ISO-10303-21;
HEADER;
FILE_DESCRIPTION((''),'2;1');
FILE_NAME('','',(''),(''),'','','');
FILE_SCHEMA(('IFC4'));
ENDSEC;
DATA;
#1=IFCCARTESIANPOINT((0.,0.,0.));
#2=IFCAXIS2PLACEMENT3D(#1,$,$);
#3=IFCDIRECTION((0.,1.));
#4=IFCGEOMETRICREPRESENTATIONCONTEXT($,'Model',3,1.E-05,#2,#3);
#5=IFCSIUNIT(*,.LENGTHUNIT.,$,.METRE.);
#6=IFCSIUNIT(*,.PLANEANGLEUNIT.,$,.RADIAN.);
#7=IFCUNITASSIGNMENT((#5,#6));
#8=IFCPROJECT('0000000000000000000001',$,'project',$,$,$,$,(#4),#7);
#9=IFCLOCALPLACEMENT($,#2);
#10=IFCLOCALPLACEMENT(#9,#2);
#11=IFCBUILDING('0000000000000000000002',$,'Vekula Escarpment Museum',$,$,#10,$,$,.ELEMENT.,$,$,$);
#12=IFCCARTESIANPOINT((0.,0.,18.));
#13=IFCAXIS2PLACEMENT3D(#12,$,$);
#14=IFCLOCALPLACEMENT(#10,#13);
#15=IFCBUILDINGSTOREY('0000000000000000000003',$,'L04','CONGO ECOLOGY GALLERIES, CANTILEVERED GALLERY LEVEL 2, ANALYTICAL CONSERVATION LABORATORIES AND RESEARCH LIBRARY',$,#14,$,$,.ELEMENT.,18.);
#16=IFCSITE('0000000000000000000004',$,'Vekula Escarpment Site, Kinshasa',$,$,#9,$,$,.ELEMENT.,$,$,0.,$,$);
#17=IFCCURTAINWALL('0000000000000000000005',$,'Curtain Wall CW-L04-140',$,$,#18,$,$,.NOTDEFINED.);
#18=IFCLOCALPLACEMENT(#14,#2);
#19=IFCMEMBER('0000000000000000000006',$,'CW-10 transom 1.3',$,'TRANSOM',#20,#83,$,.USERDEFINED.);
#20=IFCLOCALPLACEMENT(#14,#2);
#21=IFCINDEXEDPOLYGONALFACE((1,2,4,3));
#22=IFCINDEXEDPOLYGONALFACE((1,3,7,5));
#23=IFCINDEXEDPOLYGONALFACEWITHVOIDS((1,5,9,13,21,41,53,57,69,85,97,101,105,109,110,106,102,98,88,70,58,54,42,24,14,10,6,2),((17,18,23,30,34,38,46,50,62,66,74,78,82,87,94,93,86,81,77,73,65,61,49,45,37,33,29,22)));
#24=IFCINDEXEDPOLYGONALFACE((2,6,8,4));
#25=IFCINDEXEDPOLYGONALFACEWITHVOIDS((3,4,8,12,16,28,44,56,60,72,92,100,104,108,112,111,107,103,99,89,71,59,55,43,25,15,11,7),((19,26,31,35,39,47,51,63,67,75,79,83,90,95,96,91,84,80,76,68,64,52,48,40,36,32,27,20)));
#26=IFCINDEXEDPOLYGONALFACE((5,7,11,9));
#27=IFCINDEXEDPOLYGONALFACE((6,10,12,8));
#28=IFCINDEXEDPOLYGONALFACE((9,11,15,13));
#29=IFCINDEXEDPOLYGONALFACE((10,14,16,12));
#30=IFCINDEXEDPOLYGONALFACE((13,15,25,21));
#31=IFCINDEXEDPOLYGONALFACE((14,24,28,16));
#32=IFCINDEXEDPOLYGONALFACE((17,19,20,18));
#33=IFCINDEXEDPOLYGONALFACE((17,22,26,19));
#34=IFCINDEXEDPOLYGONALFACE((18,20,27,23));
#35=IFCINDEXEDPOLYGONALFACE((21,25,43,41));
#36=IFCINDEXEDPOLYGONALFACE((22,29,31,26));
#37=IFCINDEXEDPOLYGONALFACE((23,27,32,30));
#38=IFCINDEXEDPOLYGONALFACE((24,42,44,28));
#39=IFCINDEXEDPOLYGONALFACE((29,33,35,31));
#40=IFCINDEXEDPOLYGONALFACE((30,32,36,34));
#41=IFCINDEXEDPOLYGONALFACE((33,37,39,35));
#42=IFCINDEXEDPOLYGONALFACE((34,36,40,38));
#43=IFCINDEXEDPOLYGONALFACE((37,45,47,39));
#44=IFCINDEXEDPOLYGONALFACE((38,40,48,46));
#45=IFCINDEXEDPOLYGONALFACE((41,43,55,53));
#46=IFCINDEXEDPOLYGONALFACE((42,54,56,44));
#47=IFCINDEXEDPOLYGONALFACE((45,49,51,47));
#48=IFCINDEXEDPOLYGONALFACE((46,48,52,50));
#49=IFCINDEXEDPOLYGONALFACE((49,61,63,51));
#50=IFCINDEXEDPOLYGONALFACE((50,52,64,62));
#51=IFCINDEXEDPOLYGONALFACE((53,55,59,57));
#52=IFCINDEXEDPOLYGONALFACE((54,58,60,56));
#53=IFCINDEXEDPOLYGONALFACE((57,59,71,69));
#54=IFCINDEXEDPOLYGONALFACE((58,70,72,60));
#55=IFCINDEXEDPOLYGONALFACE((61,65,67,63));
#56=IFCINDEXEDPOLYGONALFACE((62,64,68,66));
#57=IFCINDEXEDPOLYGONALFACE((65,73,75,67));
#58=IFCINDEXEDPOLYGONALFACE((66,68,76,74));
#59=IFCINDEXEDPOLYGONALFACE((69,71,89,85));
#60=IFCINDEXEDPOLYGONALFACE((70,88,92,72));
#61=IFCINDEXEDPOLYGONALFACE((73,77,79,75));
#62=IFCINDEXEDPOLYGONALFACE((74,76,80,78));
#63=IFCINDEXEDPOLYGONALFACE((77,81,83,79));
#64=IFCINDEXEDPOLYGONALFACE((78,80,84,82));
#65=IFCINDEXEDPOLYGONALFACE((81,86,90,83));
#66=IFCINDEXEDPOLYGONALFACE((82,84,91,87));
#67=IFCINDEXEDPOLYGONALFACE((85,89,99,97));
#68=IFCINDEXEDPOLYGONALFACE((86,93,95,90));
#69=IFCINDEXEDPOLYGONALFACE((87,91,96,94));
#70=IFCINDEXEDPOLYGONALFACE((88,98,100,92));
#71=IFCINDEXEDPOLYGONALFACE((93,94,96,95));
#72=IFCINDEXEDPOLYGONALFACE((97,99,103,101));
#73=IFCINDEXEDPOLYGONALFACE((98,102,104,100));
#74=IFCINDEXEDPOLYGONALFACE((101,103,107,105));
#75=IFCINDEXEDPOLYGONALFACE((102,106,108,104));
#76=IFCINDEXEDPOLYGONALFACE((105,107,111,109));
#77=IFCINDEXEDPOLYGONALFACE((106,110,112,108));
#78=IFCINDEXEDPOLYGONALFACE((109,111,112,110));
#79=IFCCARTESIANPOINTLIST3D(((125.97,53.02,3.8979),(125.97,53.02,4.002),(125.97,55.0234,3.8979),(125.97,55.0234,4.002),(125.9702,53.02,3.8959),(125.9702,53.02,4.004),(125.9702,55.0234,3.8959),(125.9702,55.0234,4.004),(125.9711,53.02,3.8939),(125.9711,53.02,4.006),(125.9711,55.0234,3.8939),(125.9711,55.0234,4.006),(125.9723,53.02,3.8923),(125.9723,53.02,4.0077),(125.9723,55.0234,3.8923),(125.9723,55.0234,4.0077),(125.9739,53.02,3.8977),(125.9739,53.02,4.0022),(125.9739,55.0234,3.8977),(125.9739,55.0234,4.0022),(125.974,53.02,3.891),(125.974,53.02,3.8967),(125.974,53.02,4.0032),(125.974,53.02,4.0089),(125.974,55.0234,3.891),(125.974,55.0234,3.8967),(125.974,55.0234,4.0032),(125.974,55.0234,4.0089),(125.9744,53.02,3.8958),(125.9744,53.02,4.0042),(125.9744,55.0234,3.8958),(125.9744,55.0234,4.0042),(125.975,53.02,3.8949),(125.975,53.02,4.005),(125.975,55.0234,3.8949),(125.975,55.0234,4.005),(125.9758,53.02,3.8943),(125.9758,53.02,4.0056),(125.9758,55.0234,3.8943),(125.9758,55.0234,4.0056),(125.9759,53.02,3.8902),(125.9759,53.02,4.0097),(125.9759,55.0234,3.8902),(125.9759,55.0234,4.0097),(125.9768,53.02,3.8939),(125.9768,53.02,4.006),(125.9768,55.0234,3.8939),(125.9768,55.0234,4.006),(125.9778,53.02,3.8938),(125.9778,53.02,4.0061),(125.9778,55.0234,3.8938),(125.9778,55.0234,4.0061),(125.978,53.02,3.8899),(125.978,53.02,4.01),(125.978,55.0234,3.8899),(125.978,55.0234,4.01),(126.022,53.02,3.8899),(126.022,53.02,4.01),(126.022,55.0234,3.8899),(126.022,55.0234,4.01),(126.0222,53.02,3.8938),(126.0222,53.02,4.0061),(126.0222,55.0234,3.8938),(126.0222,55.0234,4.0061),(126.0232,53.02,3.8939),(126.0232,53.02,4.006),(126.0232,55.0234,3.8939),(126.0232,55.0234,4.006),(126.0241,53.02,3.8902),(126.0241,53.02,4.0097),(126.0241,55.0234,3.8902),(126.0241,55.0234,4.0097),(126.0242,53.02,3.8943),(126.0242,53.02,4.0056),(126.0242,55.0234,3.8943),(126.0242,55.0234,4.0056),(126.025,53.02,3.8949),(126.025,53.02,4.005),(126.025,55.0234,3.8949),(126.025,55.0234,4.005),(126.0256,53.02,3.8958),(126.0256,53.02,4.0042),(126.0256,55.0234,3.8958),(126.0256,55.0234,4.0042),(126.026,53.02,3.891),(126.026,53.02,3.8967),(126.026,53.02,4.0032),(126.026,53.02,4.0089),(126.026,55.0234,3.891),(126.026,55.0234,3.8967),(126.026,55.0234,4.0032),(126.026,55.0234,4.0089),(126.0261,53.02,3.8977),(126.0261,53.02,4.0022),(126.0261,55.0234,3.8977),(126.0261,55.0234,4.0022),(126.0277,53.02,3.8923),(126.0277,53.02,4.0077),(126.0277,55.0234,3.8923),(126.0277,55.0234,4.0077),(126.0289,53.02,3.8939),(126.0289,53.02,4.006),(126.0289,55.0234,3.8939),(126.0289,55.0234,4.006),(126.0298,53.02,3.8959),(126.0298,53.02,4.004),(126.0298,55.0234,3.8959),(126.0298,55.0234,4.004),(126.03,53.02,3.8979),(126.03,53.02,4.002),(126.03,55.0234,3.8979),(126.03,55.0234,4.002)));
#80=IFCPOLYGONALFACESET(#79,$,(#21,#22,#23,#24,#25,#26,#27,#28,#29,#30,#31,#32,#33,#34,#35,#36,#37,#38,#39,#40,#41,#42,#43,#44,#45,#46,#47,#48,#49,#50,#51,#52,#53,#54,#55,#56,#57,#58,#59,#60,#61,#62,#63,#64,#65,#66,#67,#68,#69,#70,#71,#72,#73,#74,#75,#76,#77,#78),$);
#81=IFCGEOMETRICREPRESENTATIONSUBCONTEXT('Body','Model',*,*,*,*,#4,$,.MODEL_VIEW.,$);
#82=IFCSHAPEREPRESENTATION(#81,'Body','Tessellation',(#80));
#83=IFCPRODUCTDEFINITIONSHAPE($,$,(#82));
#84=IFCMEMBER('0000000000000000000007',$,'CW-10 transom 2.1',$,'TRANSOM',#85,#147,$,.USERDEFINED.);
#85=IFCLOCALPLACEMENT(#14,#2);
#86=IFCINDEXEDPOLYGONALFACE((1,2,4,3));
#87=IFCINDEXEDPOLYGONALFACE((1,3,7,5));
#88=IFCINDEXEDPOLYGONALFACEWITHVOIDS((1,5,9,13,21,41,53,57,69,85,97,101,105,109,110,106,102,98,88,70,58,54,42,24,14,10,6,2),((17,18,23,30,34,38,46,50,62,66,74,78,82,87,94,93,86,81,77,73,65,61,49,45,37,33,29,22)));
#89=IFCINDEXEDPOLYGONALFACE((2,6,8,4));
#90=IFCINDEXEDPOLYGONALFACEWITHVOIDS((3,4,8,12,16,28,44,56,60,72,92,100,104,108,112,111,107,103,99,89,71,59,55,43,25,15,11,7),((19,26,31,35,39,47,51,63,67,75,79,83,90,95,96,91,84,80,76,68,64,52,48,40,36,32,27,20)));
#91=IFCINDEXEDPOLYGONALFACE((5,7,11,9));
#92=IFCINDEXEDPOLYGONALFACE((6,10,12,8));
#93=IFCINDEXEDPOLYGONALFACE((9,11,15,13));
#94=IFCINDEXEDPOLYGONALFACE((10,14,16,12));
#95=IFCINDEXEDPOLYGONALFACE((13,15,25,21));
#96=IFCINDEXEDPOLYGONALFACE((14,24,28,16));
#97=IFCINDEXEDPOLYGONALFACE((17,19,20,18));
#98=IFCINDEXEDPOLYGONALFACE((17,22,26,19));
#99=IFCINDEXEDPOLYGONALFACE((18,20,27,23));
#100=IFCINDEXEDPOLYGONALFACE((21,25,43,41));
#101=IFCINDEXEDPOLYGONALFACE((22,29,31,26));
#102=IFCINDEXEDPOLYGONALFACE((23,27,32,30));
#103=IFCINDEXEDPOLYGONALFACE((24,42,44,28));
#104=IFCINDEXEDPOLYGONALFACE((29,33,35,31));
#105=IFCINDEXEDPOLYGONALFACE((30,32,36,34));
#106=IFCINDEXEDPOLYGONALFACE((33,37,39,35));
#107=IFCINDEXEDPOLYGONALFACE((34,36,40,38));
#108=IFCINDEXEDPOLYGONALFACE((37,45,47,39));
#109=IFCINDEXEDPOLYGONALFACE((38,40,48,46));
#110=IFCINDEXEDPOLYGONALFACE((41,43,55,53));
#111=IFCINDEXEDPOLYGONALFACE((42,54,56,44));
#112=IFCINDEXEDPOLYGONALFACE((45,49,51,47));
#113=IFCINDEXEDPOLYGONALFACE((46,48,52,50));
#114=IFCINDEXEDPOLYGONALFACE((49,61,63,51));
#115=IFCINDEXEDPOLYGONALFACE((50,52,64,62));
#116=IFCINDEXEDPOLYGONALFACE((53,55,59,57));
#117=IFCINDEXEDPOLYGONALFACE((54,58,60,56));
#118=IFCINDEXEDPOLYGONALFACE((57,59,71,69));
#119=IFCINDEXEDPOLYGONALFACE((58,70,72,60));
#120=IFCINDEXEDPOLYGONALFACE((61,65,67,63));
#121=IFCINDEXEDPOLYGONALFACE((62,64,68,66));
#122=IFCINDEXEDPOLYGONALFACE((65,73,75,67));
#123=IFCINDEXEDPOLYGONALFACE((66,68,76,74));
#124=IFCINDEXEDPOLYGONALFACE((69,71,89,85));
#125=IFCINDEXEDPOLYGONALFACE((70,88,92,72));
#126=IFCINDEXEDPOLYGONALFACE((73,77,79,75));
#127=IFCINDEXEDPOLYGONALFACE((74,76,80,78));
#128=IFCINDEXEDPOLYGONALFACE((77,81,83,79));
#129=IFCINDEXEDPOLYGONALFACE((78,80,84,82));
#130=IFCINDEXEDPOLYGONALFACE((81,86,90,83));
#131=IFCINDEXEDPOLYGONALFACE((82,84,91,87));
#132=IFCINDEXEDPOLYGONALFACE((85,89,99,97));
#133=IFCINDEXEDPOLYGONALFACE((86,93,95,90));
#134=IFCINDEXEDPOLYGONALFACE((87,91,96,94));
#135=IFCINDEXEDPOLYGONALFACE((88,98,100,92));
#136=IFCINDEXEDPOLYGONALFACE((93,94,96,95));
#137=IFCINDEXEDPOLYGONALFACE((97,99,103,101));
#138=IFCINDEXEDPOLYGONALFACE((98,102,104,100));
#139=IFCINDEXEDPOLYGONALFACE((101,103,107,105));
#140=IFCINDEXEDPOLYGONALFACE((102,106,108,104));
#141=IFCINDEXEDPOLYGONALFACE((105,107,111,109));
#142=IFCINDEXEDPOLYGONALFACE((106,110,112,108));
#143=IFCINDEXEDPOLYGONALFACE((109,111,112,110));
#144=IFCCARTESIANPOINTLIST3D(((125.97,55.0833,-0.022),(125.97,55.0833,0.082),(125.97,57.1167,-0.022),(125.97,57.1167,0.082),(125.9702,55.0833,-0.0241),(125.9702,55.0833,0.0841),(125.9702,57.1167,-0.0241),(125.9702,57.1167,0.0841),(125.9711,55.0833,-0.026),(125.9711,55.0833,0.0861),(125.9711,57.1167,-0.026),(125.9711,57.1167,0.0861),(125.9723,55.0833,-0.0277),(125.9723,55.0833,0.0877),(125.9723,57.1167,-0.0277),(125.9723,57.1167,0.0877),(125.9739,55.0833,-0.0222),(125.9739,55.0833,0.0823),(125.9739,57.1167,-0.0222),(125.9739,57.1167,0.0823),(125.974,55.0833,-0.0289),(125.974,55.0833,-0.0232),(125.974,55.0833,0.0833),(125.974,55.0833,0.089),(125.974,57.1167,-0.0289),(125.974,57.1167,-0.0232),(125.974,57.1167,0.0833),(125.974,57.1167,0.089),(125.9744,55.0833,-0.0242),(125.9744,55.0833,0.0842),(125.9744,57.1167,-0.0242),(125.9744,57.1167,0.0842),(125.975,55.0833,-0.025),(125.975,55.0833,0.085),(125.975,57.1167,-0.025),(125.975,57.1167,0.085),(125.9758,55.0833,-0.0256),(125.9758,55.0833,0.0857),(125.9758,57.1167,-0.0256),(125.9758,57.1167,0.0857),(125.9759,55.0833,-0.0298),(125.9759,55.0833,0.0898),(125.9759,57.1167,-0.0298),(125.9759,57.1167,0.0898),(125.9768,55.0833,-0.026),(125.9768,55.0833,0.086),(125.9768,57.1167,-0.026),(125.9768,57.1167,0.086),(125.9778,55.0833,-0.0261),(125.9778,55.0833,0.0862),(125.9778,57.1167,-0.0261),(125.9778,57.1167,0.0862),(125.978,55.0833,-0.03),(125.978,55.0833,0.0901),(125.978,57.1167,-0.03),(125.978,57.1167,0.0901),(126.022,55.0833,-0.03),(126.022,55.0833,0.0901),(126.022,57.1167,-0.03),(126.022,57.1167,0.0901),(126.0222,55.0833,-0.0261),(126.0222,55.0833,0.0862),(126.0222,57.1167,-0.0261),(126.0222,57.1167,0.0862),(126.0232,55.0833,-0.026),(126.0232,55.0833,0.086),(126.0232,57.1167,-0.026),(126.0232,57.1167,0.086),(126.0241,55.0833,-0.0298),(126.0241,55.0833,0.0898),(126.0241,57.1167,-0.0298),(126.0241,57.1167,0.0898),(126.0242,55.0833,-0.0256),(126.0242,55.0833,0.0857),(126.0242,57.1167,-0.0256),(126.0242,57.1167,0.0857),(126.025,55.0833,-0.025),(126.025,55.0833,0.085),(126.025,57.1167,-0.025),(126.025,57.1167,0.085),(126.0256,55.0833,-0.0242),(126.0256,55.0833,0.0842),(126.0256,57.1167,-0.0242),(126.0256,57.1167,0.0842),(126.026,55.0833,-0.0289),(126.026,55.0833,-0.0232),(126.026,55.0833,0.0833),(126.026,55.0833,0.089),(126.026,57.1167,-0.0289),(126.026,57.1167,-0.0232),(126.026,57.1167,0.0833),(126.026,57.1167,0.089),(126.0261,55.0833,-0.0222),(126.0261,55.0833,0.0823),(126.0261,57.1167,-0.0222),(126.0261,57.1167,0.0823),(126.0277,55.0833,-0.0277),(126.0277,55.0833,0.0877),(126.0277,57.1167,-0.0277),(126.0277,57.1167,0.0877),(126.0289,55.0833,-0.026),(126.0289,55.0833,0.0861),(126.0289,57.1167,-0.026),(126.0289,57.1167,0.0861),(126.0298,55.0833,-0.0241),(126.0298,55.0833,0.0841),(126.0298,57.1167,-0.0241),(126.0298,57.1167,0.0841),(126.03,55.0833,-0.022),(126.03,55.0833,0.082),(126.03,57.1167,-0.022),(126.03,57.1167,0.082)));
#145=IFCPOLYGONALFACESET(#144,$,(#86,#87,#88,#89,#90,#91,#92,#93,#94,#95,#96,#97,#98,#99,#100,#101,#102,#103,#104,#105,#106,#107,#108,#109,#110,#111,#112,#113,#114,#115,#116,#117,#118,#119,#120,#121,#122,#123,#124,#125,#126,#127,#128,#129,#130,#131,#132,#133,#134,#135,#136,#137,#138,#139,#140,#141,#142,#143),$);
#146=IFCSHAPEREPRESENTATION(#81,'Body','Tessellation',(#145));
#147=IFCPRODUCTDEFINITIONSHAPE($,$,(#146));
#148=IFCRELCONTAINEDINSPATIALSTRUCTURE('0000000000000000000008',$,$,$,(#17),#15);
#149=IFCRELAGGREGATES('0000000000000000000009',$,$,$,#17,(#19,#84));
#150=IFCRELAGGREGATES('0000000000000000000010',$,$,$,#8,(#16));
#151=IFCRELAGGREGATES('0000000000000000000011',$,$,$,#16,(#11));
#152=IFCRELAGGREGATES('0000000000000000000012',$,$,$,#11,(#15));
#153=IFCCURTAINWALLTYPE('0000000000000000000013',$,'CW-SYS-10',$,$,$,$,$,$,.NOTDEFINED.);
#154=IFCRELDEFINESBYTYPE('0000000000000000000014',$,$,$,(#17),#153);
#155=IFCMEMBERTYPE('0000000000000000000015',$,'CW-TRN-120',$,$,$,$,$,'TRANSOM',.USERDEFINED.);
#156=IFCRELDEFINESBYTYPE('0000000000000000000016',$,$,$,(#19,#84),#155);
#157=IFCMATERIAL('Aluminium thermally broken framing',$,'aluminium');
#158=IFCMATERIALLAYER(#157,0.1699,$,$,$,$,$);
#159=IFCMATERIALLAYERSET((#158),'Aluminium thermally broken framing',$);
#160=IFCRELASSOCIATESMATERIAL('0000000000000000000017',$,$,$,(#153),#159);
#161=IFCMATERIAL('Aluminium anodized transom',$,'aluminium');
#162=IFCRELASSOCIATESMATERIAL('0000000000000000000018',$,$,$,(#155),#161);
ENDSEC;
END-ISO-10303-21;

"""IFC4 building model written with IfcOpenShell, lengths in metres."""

from ifc_helpers import new_model, si_unit, direction, frame, origin, origin_2d, place, context, subcontext, project, spatial, hollow_rectangle, extrude, material, layer, layer_set, material_profile, profile_set, type_object, element, aggregate, save


model = new_model("IFC4")

# Units and contexts
model_context = context("Model", 3, precision=1e-05, world=origin(), true_north=direction((0.0, 1.0)))
body_context = subcontext(model_context, "Body", "Model", "MODEL_VIEW")
ifc_project = project(units=[si_unit("LENGTHUNIT", "METRE"), si_unit("PLANEANGLEUNIT", "RADIAN")], contexts=[model_context])

# Site, building, storey
site_placement = place(None, origin())
site = spatial("IfcSite", under=ifc_project, at=site_placement, Name="Vekula Escarpment Site, Kinshasa", CompositionType="ELEMENT", RefElevation=0.0)
building_placement = place(site_placement, origin())
building = spatial("IfcBuilding", under=site, at=building_placement, Name="Vekula Escarpment Museum", CompositionType="ELEMENT")
storey_placement = place(building_placement, frame((0.0, 0.0, 18.0)))
storey = spatial("IfcBuildingStorey", under=building, at=storey_placement, Name="L04", Description="CONGO ECOLOGY GALLERIES, CANTILEVERED GALLERY LEVEL 2, ANALYTICAL CONSERVATION LABORATORIES AND RESEARCH LIBRARY", CompositionType="ELEMENT", Elevation=18.0)

# Curtain wall, members
ifc_material_1 = material(Name="Aluminium thermally broken framing", Category="aluminium")
ifc_layer_1 = layer(ifc_material_1, 0.1699)
ifc_layer_set_1 = layer_set([ifc_layer_1], Name="Aluminium thermally broken framing")
curtain_wall_type_1 = type_object("IfcCurtainWallType", Name="CW-SYS-10", PredefinedType="NOTDEFINED", material=ifc_layer_set_1)
curtain_wall_1_placement = place(storey_placement, origin())
curtain_wall_1 = element("IfcCurtainWall", 1, at=curtain_wall_1_placement, inside=storey, type_object=curtain_wall_type_1, Name="Curtain Wall CW-L04-140", PredefinedType="NOTDEFINED")
ifc_material_2 = material(Name="Aluminium anodized transom", Category="aluminium")
ifc_material_profile_1 = material_profile(ifc_material_2, hollow_rectangle(XDim=0.0601, YDim=0.1201, WallThickness=0.0039, InnerFilletRadius=0.0039, OuterFilletRadius=0.0081, at=origin_2d()), Name="ALU 120x60x4")
ifc_profile_set_1 = profile_set([ifc_material_profile_1], Name="Aluminium anodized transom")
member_type_1 = type_object("IfcMemberType", Name="CW-TRN-120", ElementType="TRANSOM", PredefinedType="USERDEFINED", material=ifc_profile_set_1)
member_1_placement = place(storey_placement, frame((126.0, 53.02, 3.95), z_axis=(0.0, 1.0, 0.0), x_axis=(-1.0, 0.0, 0.0)))
member_1 = element("IfcMember", 2, at=member_1_placement, type_object=member_type_1, Name="CW-10 transom 1.3", ObjectType="TRANSOM", PredefinedType="USERDEFINED", context=body_context, shape_type="SweptSolid", body=[
    extrude(hollow_rectangle(XDim=0.0601, YDim=0.1201, WallThickness=0.0039, InnerFilletRadius=0.0039, OuterFilletRadius=0.0081, at=origin_2d()), origin(), (0.0, 0.0, 1.0), 2.0034),
])
member_2_placement = place(storey_placement, frame((126.0, 55.0833, 0.03), z_axis=(0.0, 1.0, 0.0), x_axis=(-1.0, 0.0, 0.0)))
member_2 = element("IfcMember", 3, at=member_2_placement, type_object=member_type_1, Name="CW-10 transom 2.1", ObjectType="TRANSOM", PredefinedType="USERDEFINED", context=body_context, shape_type="SweptSolid", body=[
    extrude(hollow_rectangle(XDim=0.0601, YDim=0.1201, WallThickness=0.0039, InnerFilletRadius=0.0039, OuterFilletRadius=0.0081, at=origin_2d()), origin(), (0.0, 0.0, 1.0), 2.0334),
])
aggregate(curtain_wall_1, [member_1, member_2])

save(model, "model.ifc")
